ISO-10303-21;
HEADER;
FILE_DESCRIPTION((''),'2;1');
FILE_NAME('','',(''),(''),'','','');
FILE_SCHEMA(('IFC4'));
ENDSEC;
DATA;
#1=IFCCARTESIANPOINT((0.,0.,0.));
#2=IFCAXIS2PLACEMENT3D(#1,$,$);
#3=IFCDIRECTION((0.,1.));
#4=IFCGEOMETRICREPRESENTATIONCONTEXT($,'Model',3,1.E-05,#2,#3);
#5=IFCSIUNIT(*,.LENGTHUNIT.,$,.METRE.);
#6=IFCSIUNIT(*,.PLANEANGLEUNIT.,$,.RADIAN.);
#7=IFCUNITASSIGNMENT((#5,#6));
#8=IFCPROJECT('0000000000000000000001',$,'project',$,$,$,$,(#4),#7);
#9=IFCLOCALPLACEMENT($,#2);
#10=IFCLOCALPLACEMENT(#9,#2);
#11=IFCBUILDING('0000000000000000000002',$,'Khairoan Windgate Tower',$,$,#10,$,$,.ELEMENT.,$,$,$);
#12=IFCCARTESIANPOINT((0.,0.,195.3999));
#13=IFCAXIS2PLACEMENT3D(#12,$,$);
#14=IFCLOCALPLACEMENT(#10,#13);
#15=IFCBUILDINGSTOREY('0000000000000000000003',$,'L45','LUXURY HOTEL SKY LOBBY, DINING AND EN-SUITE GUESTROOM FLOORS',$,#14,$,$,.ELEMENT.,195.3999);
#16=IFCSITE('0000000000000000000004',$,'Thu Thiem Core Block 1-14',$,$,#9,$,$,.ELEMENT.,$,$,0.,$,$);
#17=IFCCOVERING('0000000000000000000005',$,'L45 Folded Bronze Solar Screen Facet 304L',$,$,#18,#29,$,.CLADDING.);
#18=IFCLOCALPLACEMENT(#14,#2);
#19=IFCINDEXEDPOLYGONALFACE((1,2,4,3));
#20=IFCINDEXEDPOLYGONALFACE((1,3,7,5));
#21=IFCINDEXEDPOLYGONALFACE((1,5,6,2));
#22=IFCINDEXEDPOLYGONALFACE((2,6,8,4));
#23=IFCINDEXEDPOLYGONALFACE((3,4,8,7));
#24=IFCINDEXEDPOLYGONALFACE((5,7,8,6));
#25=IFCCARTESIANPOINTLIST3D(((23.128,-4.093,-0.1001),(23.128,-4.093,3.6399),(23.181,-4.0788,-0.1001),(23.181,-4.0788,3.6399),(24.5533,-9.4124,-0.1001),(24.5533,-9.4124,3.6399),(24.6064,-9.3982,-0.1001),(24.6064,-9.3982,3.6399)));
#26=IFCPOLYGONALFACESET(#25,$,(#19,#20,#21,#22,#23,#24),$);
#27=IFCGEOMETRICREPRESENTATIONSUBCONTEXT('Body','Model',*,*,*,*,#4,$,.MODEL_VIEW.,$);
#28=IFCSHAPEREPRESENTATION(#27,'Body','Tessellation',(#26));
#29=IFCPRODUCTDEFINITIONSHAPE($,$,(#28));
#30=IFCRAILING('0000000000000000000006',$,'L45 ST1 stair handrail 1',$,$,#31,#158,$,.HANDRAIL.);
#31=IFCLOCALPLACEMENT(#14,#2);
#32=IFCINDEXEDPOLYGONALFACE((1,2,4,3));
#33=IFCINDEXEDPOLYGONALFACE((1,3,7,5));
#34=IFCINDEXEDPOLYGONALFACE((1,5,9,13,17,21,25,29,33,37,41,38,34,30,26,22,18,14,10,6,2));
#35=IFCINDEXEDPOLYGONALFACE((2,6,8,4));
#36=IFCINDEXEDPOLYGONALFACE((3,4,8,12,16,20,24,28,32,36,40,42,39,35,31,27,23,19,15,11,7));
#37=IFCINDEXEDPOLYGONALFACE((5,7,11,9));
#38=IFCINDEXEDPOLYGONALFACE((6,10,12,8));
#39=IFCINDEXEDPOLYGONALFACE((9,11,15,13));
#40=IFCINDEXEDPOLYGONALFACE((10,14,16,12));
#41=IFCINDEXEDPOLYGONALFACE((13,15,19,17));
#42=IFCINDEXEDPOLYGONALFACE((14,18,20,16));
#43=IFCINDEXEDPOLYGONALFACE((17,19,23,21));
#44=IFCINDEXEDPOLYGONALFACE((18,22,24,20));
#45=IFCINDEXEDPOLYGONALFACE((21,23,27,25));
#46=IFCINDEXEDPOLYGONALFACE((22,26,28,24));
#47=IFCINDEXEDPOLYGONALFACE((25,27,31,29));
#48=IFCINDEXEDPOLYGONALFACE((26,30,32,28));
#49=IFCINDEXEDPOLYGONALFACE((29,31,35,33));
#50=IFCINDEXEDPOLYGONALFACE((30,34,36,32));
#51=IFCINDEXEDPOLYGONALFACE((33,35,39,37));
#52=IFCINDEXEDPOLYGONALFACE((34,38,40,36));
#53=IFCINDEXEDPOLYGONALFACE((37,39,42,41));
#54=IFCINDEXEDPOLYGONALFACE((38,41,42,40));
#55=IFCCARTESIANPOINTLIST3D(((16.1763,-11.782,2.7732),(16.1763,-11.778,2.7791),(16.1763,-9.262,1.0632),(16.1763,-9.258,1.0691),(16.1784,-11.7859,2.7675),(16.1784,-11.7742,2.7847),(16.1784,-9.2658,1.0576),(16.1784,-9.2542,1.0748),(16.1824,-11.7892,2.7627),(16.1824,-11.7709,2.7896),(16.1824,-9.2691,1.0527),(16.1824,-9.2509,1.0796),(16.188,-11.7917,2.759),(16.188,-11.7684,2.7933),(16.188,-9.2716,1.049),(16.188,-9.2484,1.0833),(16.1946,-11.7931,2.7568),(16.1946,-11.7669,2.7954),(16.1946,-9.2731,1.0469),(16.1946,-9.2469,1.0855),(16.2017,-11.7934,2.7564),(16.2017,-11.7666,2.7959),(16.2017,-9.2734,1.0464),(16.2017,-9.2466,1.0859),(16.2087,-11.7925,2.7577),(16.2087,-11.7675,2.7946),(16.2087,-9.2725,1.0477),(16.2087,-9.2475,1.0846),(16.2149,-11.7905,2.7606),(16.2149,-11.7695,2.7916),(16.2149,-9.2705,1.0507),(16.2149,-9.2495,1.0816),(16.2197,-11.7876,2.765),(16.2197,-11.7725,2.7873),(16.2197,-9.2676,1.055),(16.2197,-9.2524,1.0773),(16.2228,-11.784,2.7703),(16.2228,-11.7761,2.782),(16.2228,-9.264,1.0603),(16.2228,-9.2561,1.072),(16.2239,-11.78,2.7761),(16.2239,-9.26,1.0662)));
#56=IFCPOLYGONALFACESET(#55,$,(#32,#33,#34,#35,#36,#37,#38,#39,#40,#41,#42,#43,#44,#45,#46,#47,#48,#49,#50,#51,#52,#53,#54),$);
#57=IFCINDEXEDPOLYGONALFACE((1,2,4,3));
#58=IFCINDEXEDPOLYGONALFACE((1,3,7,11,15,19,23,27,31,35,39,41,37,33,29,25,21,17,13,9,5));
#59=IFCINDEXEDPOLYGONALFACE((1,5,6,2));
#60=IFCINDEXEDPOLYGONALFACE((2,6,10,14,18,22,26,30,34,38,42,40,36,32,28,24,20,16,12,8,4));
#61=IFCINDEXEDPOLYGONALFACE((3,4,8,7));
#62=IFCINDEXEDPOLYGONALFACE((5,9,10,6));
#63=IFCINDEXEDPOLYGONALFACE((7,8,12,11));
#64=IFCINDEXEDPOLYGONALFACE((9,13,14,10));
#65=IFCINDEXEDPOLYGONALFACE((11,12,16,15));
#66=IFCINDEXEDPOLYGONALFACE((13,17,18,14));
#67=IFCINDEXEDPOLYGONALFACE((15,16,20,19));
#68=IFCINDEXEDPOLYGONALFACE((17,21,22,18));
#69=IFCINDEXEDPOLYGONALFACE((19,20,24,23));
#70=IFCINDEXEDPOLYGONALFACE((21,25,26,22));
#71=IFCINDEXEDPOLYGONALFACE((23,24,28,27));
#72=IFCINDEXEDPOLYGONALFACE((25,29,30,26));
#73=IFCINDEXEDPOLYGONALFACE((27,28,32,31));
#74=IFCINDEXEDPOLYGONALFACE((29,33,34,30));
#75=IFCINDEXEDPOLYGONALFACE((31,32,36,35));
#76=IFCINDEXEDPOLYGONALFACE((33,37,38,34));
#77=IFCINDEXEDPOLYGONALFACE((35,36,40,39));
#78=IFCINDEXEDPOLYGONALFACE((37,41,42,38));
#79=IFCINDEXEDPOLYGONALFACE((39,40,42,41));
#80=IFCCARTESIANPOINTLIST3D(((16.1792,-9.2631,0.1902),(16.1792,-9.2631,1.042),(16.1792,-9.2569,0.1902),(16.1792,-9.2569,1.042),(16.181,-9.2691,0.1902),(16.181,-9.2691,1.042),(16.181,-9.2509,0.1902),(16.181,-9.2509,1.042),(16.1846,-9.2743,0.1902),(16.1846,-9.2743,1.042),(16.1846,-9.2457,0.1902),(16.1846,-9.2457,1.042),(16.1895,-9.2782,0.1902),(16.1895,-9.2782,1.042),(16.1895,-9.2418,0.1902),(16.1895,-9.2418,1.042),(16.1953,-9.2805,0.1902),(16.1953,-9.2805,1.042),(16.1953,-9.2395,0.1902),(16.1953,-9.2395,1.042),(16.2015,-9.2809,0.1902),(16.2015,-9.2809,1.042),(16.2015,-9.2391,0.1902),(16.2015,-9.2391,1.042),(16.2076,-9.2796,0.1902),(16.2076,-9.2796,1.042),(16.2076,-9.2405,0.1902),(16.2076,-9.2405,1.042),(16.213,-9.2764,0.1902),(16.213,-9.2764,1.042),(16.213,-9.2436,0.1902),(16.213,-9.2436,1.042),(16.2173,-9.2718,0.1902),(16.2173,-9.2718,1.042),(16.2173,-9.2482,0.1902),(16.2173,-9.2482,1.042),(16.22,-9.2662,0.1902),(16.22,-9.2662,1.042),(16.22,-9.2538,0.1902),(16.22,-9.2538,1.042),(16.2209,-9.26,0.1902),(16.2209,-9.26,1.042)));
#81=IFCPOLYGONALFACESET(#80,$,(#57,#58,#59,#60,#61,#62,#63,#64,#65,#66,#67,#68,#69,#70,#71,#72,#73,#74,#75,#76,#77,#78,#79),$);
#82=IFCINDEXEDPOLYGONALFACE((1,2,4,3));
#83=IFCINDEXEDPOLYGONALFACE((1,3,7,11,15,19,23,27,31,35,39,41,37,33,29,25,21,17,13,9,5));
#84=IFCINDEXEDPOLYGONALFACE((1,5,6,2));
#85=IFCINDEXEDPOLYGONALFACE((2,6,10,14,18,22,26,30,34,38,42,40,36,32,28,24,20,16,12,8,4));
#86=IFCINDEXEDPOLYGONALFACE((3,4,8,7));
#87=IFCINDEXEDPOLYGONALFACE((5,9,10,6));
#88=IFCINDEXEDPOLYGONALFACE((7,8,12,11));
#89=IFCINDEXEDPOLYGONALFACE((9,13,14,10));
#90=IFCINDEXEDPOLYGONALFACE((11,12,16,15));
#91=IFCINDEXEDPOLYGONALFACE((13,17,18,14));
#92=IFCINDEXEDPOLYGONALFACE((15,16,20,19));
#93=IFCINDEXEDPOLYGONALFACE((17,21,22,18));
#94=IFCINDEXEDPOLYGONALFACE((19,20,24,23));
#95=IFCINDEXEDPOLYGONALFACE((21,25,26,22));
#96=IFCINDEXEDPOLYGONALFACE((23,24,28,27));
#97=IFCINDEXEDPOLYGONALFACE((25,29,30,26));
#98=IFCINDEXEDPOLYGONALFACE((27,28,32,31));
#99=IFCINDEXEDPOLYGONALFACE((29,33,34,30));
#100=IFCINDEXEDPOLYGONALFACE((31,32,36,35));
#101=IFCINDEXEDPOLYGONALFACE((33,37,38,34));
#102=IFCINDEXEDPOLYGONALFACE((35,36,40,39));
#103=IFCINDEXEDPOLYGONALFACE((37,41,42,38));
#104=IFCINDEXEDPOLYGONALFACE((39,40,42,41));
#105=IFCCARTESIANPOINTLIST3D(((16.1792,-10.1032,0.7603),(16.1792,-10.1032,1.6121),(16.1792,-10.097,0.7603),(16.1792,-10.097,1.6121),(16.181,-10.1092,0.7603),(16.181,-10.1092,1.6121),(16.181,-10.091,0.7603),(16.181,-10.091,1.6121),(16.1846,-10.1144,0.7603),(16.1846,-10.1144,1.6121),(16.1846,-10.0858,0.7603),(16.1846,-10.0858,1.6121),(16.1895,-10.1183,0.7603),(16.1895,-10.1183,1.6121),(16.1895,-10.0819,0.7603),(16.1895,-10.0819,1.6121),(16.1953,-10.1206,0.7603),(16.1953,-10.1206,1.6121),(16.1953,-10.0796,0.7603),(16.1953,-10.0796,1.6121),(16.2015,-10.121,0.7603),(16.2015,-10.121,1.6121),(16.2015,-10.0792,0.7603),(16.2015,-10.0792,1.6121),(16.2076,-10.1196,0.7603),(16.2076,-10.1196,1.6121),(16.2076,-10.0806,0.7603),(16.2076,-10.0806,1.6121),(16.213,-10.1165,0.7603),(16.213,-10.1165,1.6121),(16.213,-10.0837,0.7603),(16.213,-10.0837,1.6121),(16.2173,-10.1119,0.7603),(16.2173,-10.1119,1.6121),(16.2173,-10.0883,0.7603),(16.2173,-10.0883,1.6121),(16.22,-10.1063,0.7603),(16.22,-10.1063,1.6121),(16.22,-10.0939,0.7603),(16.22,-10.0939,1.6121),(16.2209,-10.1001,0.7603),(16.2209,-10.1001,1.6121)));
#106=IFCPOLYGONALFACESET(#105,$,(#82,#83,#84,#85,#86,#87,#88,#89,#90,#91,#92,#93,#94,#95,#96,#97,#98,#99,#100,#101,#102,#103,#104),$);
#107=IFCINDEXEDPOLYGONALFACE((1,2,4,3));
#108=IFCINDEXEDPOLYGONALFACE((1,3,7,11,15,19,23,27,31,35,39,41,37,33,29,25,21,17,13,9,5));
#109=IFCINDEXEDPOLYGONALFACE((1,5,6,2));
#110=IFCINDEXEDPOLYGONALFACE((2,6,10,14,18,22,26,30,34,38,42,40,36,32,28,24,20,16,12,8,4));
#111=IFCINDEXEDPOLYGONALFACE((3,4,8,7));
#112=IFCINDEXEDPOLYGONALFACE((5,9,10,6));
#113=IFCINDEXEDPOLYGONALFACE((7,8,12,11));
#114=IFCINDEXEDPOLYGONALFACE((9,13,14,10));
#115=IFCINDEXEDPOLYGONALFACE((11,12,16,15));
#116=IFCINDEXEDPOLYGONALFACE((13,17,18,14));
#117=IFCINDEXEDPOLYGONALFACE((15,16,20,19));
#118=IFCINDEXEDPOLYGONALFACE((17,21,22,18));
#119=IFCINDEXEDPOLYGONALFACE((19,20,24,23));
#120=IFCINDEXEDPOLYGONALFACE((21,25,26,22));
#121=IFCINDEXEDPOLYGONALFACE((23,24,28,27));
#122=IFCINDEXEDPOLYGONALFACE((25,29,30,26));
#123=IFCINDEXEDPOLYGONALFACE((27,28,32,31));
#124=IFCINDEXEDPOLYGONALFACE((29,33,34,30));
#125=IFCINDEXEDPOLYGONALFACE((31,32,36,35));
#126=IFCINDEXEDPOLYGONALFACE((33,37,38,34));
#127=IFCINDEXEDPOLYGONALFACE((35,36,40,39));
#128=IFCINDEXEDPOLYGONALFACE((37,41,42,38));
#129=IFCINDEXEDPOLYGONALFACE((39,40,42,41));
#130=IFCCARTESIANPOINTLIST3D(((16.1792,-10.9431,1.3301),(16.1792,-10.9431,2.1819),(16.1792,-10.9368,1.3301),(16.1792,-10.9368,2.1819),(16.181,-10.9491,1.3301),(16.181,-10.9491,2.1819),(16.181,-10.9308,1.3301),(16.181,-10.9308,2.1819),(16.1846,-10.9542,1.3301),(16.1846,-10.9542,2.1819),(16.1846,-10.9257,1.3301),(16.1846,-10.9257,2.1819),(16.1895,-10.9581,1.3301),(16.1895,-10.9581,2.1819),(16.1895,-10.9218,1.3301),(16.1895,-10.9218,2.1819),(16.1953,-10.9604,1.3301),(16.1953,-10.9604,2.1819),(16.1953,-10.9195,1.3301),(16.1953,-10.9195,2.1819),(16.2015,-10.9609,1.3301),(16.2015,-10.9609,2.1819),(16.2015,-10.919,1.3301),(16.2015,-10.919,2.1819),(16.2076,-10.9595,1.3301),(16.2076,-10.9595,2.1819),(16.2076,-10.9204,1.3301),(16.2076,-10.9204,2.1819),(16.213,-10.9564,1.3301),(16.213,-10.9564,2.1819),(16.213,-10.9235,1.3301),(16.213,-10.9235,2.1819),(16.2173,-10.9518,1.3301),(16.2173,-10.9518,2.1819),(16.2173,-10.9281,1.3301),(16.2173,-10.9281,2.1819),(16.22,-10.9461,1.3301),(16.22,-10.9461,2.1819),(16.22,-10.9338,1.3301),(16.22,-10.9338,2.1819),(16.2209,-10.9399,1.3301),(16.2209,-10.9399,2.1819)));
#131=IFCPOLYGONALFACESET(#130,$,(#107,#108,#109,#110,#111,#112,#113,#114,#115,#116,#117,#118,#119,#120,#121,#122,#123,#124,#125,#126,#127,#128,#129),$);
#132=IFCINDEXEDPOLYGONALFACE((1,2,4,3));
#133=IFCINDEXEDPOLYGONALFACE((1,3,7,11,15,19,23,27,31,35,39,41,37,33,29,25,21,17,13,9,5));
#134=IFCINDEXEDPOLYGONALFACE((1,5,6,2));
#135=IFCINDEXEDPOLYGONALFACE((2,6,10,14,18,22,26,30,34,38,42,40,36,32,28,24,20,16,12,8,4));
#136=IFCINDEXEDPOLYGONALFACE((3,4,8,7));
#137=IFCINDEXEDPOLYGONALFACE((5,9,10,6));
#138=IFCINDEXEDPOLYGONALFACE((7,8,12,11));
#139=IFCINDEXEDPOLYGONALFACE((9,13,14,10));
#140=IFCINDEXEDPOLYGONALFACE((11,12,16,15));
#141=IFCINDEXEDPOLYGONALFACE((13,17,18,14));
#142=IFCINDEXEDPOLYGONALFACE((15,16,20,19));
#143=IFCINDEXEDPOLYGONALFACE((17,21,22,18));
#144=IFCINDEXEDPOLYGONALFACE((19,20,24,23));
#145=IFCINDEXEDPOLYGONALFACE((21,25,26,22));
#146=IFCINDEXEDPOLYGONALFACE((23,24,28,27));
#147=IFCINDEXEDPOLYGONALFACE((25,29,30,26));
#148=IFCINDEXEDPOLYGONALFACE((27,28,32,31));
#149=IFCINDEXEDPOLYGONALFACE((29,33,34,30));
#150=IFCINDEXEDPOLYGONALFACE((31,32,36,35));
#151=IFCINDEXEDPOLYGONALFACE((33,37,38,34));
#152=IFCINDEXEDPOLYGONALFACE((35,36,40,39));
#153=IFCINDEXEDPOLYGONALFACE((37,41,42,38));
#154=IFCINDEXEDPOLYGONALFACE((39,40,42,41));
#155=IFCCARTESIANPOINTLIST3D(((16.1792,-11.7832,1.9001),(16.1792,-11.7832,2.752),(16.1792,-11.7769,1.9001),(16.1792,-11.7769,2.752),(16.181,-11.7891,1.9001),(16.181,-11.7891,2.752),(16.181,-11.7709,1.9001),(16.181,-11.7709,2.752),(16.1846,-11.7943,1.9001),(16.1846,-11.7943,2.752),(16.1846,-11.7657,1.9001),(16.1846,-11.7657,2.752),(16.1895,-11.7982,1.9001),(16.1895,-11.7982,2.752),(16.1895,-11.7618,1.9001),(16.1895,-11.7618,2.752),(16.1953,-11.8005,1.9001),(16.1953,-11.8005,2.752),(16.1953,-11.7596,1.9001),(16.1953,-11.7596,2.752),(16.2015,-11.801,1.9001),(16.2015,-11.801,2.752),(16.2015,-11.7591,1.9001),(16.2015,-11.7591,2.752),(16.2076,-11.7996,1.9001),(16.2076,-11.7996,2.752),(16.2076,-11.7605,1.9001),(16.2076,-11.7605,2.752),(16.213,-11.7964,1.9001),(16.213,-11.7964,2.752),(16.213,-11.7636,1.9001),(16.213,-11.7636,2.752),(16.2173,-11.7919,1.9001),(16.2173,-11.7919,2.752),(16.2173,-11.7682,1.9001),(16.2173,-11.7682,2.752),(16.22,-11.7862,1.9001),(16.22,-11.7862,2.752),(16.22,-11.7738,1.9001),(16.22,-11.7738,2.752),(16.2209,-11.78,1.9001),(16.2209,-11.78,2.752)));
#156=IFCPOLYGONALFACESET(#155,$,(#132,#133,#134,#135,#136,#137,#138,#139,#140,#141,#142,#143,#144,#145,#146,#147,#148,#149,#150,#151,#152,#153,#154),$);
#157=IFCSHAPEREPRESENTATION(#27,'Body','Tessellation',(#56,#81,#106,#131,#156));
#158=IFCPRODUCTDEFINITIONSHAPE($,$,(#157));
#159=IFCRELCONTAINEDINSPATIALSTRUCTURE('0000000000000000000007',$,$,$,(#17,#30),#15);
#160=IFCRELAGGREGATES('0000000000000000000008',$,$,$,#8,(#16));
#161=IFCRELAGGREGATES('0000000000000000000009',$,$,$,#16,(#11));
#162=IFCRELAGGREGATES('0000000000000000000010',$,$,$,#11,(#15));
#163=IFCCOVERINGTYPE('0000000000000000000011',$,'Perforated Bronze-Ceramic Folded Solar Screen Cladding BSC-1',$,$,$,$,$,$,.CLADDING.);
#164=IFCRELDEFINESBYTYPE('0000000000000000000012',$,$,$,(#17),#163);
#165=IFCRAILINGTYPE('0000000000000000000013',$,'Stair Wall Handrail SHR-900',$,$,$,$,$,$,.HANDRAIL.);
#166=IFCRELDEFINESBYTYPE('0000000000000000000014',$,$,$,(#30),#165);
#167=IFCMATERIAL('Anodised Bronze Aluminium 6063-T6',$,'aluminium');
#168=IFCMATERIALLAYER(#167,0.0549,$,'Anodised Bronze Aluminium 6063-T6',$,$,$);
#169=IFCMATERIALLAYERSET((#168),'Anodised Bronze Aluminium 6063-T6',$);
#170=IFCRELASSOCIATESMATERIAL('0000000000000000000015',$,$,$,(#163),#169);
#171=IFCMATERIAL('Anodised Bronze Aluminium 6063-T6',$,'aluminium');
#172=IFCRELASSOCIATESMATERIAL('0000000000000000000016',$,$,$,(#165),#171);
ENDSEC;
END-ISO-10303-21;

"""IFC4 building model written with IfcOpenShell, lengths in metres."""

from ifc_helpers import new_model, si_unit, direction, frame, origin, origin_2d, place, context, subcontext, project, spatial, rectangle, circle, extrude, material, layer, layer_set, type_object, element, save


model = new_model("IFC4")

# Units and contexts
model_context = context("Model", 3, precision=1e-05, world=origin(), true_north=direction((0.0, 1.0)))
body_context = subcontext(model_context, "Body", "Model", "MODEL_VIEW")
ifc_project = project(units=[si_unit("LENGTHUNIT", "METRE"), si_unit("PLANEANGLEUNIT", "RADIAN")], contexts=[model_context])

# Site, building, storey
site_placement = place(None, origin())
site = spatial("IfcSite", under=ifc_project, at=site_placement, Name="Thu Thiem Core Block 1-14", CompositionType="ELEMENT", RefElevation=0.0)
building_placement = place(site_placement, origin())
building = spatial("IfcBuilding", under=site, at=building_placement, Name="Khairoan Windgate Tower", CompositionType="ELEMENT")
storey_placement = place(building_placement, frame((0.0, 0.0, 195.3999)))
storey = spatial("IfcBuildingStorey", under=building, at=storey_placement, Name="L45", Description="LUXURY HOTEL SKY LOBBY, DINING AND EN-SUITE GUESTROOM FLOORS", CompositionType="ELEMENT", Elevation=195.3999)

# Covering
ifc_material_1 = material(Name="Anodised Bronze Aluminium 6063-T6", Category="aluminium")
ifc_layer_1 = layer(ifc_material_1, 0.0549, Name="Anodised Bronze Aluminium 6063-T6")
ifc_layer_set_1 = layer_set([ifc_layer_1], Name="Anodised Bronze Aluminium 6063-T6")
covering_type = type_object("IfcCoveringType", Name="Perforated Bronze-Ceramic Folded Solar Screen Cladding BSC-1", PredefinedType="CLADDING", material=ifc_layer_set_1)
covering_placement = place(storey_placement, frame((23.8672, -6.7456, -0.1001), z_axis=(0.0, 0.0, 1.0), x_axis=(0.258819, -0.965926, 0.0)))
element("IfcCovering", 1, at=covering_placement, inside=storey, type_object=covering_type, Name="L45 Folded Bronze Solar Screen Facet 304L", PredefinedType="CLADDING", context=body_context, shape_type="SweptSolid", body=[
    extrude(rectangle(XDim=5.5071, YDim=0.0549, at=origin_2d()), origin(), (0.0, 0.0, 1.0), 3.74),
])

# Railing
ifc_material_2 = material(Name="Anodised Bronze Aluminium 6063-T6", Category="aluminium")
railing_type_1 = type_object("IfcRailingType", Name="Stair Wall Handrail SHR-900", PredefinedType="HANDRAIL", material=ifc_material_2)
railing_1_placement = place(storey_placement, frame((16.2, -9.26, 0.1902)))
element("IfcRailing", 2, at=railing_1_placement, inside=storey, type_object=railing_type_1, Name="L45 ST1 stair handrail 1", PredefinedType="HANDRAIL", context=body_context, shape_type="SweptSolid", body=[
    extrude(circle(Radius=0.0239, at=origin_2d()), frame((0.0, 0.0, 0.876), z_axis=(0.0, -0.827484, 0.56149), x_axis=(1.0, 0.0, 0.0)), (0.0, 0.0, 1.0), 3.0454),
    extrude(circle(Radius=0.021, at=origin_2d()), origin(), (0.0, 0.0, 1.0), 0.8518),
    extrude(circle(Radius=0.021, at=origin_2d()), frame((0.0, -0.8401, 0.5701)), (0.0, 0.0, 1.0), 0.8518),
    extrude(circle(Radius=0.021, at=origin_2d()), frame((0.0, -1.6799, 1.1399)), (0.0, 0.0, 1.0), 0.8518),
    extrude(circle(Radius=0.021, at=origin_2d()), frame((0.0, -2.52, 1.71)), (0.0, 0.0, 1.0), 0.8518),
])

save(model, "model.ifc")
